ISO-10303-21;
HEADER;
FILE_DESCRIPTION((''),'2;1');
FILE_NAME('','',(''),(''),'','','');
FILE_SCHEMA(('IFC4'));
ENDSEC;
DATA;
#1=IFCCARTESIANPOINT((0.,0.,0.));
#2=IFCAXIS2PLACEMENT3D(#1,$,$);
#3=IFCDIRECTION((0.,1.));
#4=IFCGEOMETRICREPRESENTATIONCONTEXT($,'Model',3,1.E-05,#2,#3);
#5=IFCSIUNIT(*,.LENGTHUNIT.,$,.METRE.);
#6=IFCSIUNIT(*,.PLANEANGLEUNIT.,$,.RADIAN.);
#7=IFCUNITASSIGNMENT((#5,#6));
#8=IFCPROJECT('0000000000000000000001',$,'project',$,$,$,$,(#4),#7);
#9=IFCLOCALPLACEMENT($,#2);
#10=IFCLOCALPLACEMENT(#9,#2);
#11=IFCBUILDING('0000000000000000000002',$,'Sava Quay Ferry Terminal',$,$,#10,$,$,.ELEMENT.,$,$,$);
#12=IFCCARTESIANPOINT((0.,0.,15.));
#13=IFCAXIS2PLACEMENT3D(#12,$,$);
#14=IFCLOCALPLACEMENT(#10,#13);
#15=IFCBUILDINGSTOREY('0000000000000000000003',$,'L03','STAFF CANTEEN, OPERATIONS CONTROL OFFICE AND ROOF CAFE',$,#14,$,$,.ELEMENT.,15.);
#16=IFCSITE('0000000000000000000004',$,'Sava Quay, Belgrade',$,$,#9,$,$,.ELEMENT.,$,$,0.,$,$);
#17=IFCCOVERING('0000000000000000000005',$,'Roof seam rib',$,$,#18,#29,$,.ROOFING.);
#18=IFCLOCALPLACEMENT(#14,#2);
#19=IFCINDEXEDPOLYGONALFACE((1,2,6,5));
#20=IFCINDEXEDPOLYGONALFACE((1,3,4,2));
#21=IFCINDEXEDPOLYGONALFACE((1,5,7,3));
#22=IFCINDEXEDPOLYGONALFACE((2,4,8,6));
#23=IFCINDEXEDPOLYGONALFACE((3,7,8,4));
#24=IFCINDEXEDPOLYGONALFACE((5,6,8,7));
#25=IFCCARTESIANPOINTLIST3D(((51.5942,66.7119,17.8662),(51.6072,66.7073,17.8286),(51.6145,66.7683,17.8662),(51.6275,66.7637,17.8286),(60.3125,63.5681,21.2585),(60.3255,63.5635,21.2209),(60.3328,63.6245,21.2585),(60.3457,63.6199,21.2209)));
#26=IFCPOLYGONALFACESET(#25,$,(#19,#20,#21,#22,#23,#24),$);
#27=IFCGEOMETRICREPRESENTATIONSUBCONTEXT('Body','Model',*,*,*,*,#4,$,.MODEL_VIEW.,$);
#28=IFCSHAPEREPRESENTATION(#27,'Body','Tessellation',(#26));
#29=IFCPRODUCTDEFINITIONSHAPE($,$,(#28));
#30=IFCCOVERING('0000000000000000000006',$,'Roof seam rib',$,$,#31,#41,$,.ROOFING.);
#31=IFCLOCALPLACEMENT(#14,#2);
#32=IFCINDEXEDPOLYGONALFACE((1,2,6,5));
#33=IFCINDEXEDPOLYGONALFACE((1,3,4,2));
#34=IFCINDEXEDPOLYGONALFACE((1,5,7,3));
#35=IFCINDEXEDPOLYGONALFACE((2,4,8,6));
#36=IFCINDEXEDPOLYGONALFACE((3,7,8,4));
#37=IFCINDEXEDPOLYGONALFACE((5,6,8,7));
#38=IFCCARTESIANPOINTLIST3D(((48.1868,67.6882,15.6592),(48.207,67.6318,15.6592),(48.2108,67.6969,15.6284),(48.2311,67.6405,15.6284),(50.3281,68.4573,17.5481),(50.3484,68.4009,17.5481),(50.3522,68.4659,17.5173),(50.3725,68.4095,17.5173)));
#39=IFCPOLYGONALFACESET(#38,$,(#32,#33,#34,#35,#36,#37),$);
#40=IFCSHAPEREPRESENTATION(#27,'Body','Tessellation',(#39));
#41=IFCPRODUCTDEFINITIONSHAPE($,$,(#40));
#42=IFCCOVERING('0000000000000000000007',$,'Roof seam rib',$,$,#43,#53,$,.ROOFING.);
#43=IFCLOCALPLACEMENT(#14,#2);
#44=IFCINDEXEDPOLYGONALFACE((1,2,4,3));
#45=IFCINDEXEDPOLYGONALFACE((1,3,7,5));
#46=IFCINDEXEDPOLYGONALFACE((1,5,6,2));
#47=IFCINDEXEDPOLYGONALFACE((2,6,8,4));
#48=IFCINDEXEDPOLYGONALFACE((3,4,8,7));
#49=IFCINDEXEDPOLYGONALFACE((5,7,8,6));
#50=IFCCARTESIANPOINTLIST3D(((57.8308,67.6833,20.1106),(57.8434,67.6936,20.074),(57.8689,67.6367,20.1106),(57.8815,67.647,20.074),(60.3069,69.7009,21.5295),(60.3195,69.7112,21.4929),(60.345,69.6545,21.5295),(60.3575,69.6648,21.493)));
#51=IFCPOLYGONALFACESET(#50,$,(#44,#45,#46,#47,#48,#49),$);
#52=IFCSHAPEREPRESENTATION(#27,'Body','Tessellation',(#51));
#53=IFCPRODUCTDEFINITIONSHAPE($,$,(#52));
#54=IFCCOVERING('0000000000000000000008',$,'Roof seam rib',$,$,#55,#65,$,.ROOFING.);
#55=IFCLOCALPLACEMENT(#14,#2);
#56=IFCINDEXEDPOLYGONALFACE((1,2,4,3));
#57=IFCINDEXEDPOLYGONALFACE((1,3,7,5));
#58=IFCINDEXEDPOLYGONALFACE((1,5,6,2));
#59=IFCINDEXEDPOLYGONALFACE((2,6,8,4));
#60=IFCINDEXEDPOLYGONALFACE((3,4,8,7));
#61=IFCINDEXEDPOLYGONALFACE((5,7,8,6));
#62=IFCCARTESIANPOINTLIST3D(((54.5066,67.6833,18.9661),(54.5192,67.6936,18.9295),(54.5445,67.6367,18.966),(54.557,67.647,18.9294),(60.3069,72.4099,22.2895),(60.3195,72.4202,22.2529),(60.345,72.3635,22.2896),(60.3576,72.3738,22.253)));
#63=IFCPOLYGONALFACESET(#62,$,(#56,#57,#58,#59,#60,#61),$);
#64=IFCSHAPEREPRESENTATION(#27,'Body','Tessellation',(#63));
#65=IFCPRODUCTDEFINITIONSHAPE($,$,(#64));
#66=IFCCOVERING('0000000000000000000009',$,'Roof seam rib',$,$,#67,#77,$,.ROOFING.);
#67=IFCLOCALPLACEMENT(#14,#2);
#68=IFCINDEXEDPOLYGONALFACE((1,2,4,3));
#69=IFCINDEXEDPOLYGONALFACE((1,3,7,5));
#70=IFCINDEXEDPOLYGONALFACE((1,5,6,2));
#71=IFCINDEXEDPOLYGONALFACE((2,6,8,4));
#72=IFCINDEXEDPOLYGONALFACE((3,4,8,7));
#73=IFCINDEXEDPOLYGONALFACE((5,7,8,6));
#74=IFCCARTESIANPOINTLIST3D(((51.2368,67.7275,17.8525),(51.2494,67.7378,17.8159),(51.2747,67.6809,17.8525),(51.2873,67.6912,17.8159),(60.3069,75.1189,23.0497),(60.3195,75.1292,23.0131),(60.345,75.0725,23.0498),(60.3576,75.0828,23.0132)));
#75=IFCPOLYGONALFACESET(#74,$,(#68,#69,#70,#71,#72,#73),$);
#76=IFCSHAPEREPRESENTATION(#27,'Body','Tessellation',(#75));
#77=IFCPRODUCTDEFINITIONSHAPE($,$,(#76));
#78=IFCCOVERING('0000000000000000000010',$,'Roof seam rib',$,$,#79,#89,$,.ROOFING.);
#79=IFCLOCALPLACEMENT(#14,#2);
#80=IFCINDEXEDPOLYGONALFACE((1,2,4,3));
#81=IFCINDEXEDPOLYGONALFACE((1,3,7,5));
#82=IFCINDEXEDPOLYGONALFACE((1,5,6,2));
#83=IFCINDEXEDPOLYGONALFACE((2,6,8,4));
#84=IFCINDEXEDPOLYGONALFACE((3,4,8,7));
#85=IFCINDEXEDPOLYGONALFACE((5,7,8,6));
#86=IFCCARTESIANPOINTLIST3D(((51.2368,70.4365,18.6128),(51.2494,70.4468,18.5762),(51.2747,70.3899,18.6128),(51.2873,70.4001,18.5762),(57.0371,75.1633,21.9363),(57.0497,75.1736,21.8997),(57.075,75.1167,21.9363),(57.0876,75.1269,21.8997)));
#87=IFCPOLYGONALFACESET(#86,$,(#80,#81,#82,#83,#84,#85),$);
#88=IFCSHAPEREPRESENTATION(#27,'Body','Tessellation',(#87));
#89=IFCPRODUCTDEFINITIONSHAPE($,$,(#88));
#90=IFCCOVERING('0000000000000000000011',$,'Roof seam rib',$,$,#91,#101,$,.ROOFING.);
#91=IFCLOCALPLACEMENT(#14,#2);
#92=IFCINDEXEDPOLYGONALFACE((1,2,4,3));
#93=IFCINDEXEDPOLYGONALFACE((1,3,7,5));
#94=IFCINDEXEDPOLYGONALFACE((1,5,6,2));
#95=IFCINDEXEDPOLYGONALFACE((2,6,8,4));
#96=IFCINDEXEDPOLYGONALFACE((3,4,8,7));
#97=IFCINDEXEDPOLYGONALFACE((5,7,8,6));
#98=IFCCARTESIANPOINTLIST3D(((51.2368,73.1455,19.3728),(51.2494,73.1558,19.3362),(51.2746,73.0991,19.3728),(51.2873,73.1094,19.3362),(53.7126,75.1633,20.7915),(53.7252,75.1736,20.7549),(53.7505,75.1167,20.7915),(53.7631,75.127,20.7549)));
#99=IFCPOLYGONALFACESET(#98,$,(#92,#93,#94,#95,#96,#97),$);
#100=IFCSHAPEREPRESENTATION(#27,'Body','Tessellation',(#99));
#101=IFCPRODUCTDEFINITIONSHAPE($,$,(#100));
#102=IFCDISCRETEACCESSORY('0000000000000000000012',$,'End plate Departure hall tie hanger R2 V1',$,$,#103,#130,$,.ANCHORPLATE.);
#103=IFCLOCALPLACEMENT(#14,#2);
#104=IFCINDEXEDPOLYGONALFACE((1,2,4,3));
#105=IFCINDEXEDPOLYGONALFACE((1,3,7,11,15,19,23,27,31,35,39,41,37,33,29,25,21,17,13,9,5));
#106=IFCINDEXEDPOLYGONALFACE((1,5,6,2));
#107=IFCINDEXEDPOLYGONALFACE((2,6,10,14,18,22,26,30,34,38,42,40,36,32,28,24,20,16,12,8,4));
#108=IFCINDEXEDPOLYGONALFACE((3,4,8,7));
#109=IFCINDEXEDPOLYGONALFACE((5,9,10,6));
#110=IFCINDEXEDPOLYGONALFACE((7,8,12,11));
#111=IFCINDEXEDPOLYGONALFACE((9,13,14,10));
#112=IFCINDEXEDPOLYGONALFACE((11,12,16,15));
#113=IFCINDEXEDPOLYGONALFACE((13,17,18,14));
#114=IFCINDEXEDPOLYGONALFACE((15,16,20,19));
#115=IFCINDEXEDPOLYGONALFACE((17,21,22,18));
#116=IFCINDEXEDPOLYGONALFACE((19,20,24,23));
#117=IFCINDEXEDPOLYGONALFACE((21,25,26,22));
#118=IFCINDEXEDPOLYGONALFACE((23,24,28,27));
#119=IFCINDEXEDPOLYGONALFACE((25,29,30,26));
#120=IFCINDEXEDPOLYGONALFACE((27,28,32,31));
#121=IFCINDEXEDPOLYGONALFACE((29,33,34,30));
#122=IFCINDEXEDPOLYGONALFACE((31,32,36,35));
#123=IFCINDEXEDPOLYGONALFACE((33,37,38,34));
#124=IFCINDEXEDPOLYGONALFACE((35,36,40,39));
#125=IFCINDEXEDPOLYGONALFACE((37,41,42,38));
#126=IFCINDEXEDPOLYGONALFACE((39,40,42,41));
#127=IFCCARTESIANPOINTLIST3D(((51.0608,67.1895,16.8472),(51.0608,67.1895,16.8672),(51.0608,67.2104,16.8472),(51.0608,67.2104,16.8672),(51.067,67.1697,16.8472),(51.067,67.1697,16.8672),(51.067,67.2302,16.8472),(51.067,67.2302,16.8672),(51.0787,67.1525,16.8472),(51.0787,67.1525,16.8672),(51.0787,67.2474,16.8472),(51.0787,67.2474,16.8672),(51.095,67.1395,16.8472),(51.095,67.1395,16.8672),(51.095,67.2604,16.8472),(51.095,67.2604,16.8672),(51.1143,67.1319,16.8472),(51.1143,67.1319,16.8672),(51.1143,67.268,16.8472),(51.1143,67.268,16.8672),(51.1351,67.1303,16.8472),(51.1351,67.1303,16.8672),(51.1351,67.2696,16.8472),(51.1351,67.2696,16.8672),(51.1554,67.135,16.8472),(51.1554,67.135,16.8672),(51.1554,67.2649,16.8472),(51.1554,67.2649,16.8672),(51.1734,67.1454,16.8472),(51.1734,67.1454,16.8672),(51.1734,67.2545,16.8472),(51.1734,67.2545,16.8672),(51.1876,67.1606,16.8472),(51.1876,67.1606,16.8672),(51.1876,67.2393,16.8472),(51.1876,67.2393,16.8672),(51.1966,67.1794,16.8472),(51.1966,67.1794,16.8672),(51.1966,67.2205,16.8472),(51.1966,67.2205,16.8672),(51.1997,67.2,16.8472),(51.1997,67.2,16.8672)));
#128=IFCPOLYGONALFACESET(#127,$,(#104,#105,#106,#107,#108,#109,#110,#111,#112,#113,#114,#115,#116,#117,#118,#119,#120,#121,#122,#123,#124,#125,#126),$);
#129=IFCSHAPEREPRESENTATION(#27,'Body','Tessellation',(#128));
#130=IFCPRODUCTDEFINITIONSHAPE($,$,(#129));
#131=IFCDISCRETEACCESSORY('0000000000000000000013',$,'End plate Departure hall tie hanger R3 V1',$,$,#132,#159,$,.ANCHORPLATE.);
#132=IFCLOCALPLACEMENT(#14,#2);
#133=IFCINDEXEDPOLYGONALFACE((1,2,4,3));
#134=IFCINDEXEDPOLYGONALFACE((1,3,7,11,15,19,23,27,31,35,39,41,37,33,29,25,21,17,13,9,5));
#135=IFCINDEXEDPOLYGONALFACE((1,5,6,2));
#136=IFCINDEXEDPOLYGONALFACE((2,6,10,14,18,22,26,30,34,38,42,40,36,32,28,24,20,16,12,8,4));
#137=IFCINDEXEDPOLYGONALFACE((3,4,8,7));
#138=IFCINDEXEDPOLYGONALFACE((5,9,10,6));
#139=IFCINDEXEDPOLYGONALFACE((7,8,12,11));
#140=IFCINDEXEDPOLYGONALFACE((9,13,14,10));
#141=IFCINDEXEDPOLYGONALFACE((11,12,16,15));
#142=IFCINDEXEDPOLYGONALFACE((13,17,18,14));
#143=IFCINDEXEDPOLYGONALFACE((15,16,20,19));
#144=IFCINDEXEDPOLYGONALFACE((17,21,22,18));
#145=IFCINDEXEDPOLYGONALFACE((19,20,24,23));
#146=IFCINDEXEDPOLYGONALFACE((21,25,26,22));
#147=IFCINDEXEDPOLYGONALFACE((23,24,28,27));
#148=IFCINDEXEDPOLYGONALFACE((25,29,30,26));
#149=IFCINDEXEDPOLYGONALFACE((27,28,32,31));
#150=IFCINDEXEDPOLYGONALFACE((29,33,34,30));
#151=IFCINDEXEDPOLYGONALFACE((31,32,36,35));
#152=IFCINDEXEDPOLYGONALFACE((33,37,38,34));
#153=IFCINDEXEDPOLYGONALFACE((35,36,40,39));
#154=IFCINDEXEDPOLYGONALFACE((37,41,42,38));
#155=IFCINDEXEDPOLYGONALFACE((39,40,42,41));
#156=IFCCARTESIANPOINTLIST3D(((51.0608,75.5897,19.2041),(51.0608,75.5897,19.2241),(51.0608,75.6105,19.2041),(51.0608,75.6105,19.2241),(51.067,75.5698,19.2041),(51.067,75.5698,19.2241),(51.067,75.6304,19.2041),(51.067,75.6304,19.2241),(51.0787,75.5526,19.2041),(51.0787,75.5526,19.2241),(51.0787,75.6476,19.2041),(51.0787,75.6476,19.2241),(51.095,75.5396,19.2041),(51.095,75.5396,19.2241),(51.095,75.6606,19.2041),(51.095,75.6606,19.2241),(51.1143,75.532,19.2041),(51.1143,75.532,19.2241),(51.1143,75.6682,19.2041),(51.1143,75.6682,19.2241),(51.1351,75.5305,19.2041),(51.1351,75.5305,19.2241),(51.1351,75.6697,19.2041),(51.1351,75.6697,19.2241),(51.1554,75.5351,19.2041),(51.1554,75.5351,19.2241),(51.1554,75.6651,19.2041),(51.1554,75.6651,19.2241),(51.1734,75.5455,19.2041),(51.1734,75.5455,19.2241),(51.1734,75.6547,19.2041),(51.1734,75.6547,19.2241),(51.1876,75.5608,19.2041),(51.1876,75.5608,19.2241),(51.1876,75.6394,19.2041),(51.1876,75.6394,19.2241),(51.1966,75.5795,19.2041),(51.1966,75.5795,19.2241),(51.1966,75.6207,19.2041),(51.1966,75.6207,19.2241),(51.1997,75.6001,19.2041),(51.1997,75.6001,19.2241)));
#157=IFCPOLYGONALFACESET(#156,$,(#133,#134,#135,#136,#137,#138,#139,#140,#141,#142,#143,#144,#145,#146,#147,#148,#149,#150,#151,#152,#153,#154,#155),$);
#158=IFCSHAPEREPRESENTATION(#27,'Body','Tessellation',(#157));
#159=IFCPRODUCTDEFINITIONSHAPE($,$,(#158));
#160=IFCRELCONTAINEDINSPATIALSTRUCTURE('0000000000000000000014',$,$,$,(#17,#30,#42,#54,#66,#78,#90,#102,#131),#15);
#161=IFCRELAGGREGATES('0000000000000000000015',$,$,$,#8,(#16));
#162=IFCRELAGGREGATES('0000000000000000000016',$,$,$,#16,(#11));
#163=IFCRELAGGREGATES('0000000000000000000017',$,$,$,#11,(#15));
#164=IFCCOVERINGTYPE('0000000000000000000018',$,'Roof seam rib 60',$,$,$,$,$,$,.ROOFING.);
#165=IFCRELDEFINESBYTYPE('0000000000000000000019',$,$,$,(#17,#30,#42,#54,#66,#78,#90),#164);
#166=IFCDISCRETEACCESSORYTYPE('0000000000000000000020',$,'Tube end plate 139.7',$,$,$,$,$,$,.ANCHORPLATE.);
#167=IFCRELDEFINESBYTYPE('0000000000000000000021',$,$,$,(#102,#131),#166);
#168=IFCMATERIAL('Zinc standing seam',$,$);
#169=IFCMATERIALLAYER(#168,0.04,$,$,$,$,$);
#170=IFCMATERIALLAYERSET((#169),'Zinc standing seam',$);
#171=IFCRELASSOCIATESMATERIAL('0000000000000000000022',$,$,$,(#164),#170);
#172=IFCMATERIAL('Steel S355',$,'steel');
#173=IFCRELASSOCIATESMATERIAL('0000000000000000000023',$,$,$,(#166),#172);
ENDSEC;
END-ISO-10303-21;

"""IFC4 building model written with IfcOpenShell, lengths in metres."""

from ifc_helpers import new_model, si_unit, direction, frame, origin, origin_2d, place, context, subcontext, project, spatial, polyline, circle, outline, extrude, material, layer, layer_set, material_profile, profile_set, type_object, element, save


model = new_model("IFC4")

# Units and contexts
model_context = context("Model", 3, precision=1e-05, world=origin(), true_north=direction((0.0, 1.0)))
body_context = subcontext(model_context, "Body", "Model", "MODEL_VIEW")
ifc_project = project(units=[si_unit("LENGTHUNIT", "METRE"), si_unit("PLANEANGLEUNIT", "RADIAN")], contexts=[model_context])

# Site, building, storey
site_placement = place(None, origin())
site = spatial("IfcSite", under=ifc_project, at=site_placement, Name="Sava Quay, Belgrade", CompositionType="ELEMENT", RefElevation=0.0)
building_placement = place(site_placement, origin())
building = spatial("IfcBuilding", under=site, at=building_placement, Name="Sava Quay Ferry Terminal", CompositionType="ELEMENT")
storey_placement = place(building_placement, frame((0.0, 0.0, 15.0)))
storey = spatial("IfcBuildingStorey", under=building, at=storey_placement, Name="L03", Description="STAFF CANTEEN, OPERATIONS CONTROL OFFICE AND ROOF CAFE", CompositionType="ELEMENT", Elevation=15.0)

# Coverings
ifc_material_1 = material(Name="Zinc standing seam")
ifc_layer = layer(ifc_material_1, 0.04)
ifc_layer_set = layer_set([ifc_layer], Name="Zinc standing seam")
covering_type_1 = type_object("IfcCoveringType", Name="Roof seam rib 60", PredefinedType="ROOFING", material=ifc_layer_set)
covering_1_placement = place(storey_placement, frame((51.6145, 66.7683, 17.8662), z_axis=(-0.323485, 0.11623, 0.939068), x_axis=(0.883388, -0.318549, 0.343732)))
element("IfcCovering", 1, at=covering_1_placement, inside=storey, type_object=covering_type_1, Name="Roof seam rib", PredefinedType="ROOFING", context=body_context, shape_type="SweptSolid", body=[
    extrude(outline(polyline([(0.0, 0.0), (9.8691, 0.0), (9.8692, -0.0599), (0.0001, -0.0599), (0.0, 0.0)])), origin(), (0.0, 0.0, -1.0), 0.04),
])
covering_2_placement = place(storey_placement, frame((48.1868, 67.6882, 15.6592), z_axis=(-0.601132, -0.215991, 0.769407), x_axis=(0.724124, 0.260061, 0.638758)))
element("IfcCovering", 2, at=covering_2_placement, inside=storey, type_object=covering_type_1, Name="Roof seam rib", PredefinedType="ROOFING", context=body_context, shape_type="SweptSolid", body=[
    extrude(outline(polyline([(0.0, 0.0), (2.9572, 0.0), (2.9572, -0.0599), (0.0, -0.0599), (0.0, 0.0)])), origin(), (0.0, 0.0, -1.0), 0.04),
])
covering_3_placement = place(storey_placement, frame((57.8308, 67.6833, 20.1106), z_axis=(-0.314106, -0.257221, 0.913879), x_axis=(0.708466, 0.577279, 0.405986)))
element("IfcCovering", 3, at=covering_3_placement, inside=storey, type_object=covering_type_1, Name="Roof seam rib", PredefinedType="ROOFING", context=body_context, shape_type="SweptSolid", body=[
    extrude(outline(polyline([(0.0, 0.0), (3.495, 0.0), (3.4952, -0.06), (0.0001, -0.0602), (0.0, 0.0)])), origin(), (0.0, 0.0, -1.0), 0.04),
])
covering_4_placement = place(storey_placement, frame((54.5066, 67.6833, 18.9661), z_axis=(-0.314468, -0.256692, 0.913903), x_axis=(0.708466, 0.577317, 0.405932)))
element("IfcCovering", 4, at=covering_4_placement, inside=storey, type_object=covering_type_1, Name="Roof seam rib", PredefinedType="ROOFING", context=body_context, shape_type="SweptSolid", body=[
    extrude(outline(polyline([(0.0, 0.0), (8.1871, 0.0), (8.1873, -0.06), (-0.0001, -0.0601), (0.0, 0.0)])), origin(), (0.0, 0.0, -1.0), 0.04),
])
covering_5_placement = place(storey_placement, frame((51.2368, 67.7275, 17.8525), z_axis=(-0.314478, -0.2567, 0.913898), x_axis=(0.70845, 0.577328, 0.405945)))
element("IfcCovering", 5, at=covering_5_placement, inside=storey, type_object=covering_type_1, Name="Roof seam rib", PredefinedType="ROOFING", context=body_context, shape_type="SweptSolid", body=[
    extrude(outline(polyline([(0.0, 0.0), (12.8027, 0.0), (12.8029, -0.06), (-0.0001, -0.0601), (0.0, 0.0)])), origin(), (0.0, 0.0, -1.0), 0.04),
])
covering_6_placement = place(storey_placement, frame((51.2368, 70.4365, 18.6128), z_axis=(-0.315202, -0.255792, 0.913903), x_axis=(0.708451, 0.577335, 0.405933)))
element("IfcCovering", 6, at=covering_6_placement, inside=storey, type_object=covering_type_1, Name="Roof seam rib", PredefinedType="ROOFING", context=body_context, shape_type="SweptSolid", body=[
    extrude(outline(polyline([(0.0, 0.0), (8.1873, 0.0), (8.1872, -0.0601), (-0.0001, -0.0601), (0.0, 0.0)])), origin(), (0.0, 0.0, -1.0), 0.04),
])
covering_7_placement = place(storey_placement, frame((51.2368, 73.1455, 19.3728), z_axis=(-0.314885, -0.256205, 0.913896), x_axis=(0.708417, 0.577366, 0.405947)))
element("IfcCovering", 7, at=covering_7_placement, inside=storey, type_object=covering_type_1, Name="Roof seam rib", PredefinedType="ROOFING", context=body_context, shape_type="SweptSolid", body=[
    extrude(outline(polyline([(0.0, 0.0), (3.4949, 0.0), (3.4947, -0.0601), (0.0, -0.0599), (0.0, 0.0)])), origin(), (0.0, 0.0, -1.0), 0.04),
])

# Discrete accessories
ifc_material_2 = material(Name="Steel S355", Category="steel")
ifc_material_profile_1 = material_profile(ifc_material_2, circle(Radius=0.0698, at=origin_2d()), Name="Plate 139.7 dia x 20")
ifc_profile_set_1 = profile_set([ifc_material_profile_1], Name="Steel S355")
discrete_accessory_type = type_object("IfcDiscreteAccessoryType", Name="Tube end plate 139.7", PredefinedType="ANCHORPLATE", material=ifc_profile_set_1)
for number, where, z_axis, x_axis, name in (
    (8, (51.1299, 67.2, 16.8472), (0.0, 0.0, 1.0), (1.0, 0.0, 0.0), "End plate Departure hall tie hanger R2 V1"),
    (9, (51.1299, 75.6001, 19.2041), (0.0, 0.0, 1.0), (1.0, 0.0, 0.0), "End plate Departure hall tie hanger R3 V1"),
):
    element("IfcDiscreteAccessory", number, at=place(storey_placement, frame(where, z_axis=z_axis, x_axis=x_axis)), inside=storey, type_object=discrete_accessory_type, Name=name, PredefinedType="ANCHORPLATE", context=body_context, shape_type="SweptSolid", body=[
        extrude(circle(Radius=0.0698, at=origin_2d()), origin(), (0.0, 0.0, 1.0), 0.02),
    ])

save(model, "model.ifc")
